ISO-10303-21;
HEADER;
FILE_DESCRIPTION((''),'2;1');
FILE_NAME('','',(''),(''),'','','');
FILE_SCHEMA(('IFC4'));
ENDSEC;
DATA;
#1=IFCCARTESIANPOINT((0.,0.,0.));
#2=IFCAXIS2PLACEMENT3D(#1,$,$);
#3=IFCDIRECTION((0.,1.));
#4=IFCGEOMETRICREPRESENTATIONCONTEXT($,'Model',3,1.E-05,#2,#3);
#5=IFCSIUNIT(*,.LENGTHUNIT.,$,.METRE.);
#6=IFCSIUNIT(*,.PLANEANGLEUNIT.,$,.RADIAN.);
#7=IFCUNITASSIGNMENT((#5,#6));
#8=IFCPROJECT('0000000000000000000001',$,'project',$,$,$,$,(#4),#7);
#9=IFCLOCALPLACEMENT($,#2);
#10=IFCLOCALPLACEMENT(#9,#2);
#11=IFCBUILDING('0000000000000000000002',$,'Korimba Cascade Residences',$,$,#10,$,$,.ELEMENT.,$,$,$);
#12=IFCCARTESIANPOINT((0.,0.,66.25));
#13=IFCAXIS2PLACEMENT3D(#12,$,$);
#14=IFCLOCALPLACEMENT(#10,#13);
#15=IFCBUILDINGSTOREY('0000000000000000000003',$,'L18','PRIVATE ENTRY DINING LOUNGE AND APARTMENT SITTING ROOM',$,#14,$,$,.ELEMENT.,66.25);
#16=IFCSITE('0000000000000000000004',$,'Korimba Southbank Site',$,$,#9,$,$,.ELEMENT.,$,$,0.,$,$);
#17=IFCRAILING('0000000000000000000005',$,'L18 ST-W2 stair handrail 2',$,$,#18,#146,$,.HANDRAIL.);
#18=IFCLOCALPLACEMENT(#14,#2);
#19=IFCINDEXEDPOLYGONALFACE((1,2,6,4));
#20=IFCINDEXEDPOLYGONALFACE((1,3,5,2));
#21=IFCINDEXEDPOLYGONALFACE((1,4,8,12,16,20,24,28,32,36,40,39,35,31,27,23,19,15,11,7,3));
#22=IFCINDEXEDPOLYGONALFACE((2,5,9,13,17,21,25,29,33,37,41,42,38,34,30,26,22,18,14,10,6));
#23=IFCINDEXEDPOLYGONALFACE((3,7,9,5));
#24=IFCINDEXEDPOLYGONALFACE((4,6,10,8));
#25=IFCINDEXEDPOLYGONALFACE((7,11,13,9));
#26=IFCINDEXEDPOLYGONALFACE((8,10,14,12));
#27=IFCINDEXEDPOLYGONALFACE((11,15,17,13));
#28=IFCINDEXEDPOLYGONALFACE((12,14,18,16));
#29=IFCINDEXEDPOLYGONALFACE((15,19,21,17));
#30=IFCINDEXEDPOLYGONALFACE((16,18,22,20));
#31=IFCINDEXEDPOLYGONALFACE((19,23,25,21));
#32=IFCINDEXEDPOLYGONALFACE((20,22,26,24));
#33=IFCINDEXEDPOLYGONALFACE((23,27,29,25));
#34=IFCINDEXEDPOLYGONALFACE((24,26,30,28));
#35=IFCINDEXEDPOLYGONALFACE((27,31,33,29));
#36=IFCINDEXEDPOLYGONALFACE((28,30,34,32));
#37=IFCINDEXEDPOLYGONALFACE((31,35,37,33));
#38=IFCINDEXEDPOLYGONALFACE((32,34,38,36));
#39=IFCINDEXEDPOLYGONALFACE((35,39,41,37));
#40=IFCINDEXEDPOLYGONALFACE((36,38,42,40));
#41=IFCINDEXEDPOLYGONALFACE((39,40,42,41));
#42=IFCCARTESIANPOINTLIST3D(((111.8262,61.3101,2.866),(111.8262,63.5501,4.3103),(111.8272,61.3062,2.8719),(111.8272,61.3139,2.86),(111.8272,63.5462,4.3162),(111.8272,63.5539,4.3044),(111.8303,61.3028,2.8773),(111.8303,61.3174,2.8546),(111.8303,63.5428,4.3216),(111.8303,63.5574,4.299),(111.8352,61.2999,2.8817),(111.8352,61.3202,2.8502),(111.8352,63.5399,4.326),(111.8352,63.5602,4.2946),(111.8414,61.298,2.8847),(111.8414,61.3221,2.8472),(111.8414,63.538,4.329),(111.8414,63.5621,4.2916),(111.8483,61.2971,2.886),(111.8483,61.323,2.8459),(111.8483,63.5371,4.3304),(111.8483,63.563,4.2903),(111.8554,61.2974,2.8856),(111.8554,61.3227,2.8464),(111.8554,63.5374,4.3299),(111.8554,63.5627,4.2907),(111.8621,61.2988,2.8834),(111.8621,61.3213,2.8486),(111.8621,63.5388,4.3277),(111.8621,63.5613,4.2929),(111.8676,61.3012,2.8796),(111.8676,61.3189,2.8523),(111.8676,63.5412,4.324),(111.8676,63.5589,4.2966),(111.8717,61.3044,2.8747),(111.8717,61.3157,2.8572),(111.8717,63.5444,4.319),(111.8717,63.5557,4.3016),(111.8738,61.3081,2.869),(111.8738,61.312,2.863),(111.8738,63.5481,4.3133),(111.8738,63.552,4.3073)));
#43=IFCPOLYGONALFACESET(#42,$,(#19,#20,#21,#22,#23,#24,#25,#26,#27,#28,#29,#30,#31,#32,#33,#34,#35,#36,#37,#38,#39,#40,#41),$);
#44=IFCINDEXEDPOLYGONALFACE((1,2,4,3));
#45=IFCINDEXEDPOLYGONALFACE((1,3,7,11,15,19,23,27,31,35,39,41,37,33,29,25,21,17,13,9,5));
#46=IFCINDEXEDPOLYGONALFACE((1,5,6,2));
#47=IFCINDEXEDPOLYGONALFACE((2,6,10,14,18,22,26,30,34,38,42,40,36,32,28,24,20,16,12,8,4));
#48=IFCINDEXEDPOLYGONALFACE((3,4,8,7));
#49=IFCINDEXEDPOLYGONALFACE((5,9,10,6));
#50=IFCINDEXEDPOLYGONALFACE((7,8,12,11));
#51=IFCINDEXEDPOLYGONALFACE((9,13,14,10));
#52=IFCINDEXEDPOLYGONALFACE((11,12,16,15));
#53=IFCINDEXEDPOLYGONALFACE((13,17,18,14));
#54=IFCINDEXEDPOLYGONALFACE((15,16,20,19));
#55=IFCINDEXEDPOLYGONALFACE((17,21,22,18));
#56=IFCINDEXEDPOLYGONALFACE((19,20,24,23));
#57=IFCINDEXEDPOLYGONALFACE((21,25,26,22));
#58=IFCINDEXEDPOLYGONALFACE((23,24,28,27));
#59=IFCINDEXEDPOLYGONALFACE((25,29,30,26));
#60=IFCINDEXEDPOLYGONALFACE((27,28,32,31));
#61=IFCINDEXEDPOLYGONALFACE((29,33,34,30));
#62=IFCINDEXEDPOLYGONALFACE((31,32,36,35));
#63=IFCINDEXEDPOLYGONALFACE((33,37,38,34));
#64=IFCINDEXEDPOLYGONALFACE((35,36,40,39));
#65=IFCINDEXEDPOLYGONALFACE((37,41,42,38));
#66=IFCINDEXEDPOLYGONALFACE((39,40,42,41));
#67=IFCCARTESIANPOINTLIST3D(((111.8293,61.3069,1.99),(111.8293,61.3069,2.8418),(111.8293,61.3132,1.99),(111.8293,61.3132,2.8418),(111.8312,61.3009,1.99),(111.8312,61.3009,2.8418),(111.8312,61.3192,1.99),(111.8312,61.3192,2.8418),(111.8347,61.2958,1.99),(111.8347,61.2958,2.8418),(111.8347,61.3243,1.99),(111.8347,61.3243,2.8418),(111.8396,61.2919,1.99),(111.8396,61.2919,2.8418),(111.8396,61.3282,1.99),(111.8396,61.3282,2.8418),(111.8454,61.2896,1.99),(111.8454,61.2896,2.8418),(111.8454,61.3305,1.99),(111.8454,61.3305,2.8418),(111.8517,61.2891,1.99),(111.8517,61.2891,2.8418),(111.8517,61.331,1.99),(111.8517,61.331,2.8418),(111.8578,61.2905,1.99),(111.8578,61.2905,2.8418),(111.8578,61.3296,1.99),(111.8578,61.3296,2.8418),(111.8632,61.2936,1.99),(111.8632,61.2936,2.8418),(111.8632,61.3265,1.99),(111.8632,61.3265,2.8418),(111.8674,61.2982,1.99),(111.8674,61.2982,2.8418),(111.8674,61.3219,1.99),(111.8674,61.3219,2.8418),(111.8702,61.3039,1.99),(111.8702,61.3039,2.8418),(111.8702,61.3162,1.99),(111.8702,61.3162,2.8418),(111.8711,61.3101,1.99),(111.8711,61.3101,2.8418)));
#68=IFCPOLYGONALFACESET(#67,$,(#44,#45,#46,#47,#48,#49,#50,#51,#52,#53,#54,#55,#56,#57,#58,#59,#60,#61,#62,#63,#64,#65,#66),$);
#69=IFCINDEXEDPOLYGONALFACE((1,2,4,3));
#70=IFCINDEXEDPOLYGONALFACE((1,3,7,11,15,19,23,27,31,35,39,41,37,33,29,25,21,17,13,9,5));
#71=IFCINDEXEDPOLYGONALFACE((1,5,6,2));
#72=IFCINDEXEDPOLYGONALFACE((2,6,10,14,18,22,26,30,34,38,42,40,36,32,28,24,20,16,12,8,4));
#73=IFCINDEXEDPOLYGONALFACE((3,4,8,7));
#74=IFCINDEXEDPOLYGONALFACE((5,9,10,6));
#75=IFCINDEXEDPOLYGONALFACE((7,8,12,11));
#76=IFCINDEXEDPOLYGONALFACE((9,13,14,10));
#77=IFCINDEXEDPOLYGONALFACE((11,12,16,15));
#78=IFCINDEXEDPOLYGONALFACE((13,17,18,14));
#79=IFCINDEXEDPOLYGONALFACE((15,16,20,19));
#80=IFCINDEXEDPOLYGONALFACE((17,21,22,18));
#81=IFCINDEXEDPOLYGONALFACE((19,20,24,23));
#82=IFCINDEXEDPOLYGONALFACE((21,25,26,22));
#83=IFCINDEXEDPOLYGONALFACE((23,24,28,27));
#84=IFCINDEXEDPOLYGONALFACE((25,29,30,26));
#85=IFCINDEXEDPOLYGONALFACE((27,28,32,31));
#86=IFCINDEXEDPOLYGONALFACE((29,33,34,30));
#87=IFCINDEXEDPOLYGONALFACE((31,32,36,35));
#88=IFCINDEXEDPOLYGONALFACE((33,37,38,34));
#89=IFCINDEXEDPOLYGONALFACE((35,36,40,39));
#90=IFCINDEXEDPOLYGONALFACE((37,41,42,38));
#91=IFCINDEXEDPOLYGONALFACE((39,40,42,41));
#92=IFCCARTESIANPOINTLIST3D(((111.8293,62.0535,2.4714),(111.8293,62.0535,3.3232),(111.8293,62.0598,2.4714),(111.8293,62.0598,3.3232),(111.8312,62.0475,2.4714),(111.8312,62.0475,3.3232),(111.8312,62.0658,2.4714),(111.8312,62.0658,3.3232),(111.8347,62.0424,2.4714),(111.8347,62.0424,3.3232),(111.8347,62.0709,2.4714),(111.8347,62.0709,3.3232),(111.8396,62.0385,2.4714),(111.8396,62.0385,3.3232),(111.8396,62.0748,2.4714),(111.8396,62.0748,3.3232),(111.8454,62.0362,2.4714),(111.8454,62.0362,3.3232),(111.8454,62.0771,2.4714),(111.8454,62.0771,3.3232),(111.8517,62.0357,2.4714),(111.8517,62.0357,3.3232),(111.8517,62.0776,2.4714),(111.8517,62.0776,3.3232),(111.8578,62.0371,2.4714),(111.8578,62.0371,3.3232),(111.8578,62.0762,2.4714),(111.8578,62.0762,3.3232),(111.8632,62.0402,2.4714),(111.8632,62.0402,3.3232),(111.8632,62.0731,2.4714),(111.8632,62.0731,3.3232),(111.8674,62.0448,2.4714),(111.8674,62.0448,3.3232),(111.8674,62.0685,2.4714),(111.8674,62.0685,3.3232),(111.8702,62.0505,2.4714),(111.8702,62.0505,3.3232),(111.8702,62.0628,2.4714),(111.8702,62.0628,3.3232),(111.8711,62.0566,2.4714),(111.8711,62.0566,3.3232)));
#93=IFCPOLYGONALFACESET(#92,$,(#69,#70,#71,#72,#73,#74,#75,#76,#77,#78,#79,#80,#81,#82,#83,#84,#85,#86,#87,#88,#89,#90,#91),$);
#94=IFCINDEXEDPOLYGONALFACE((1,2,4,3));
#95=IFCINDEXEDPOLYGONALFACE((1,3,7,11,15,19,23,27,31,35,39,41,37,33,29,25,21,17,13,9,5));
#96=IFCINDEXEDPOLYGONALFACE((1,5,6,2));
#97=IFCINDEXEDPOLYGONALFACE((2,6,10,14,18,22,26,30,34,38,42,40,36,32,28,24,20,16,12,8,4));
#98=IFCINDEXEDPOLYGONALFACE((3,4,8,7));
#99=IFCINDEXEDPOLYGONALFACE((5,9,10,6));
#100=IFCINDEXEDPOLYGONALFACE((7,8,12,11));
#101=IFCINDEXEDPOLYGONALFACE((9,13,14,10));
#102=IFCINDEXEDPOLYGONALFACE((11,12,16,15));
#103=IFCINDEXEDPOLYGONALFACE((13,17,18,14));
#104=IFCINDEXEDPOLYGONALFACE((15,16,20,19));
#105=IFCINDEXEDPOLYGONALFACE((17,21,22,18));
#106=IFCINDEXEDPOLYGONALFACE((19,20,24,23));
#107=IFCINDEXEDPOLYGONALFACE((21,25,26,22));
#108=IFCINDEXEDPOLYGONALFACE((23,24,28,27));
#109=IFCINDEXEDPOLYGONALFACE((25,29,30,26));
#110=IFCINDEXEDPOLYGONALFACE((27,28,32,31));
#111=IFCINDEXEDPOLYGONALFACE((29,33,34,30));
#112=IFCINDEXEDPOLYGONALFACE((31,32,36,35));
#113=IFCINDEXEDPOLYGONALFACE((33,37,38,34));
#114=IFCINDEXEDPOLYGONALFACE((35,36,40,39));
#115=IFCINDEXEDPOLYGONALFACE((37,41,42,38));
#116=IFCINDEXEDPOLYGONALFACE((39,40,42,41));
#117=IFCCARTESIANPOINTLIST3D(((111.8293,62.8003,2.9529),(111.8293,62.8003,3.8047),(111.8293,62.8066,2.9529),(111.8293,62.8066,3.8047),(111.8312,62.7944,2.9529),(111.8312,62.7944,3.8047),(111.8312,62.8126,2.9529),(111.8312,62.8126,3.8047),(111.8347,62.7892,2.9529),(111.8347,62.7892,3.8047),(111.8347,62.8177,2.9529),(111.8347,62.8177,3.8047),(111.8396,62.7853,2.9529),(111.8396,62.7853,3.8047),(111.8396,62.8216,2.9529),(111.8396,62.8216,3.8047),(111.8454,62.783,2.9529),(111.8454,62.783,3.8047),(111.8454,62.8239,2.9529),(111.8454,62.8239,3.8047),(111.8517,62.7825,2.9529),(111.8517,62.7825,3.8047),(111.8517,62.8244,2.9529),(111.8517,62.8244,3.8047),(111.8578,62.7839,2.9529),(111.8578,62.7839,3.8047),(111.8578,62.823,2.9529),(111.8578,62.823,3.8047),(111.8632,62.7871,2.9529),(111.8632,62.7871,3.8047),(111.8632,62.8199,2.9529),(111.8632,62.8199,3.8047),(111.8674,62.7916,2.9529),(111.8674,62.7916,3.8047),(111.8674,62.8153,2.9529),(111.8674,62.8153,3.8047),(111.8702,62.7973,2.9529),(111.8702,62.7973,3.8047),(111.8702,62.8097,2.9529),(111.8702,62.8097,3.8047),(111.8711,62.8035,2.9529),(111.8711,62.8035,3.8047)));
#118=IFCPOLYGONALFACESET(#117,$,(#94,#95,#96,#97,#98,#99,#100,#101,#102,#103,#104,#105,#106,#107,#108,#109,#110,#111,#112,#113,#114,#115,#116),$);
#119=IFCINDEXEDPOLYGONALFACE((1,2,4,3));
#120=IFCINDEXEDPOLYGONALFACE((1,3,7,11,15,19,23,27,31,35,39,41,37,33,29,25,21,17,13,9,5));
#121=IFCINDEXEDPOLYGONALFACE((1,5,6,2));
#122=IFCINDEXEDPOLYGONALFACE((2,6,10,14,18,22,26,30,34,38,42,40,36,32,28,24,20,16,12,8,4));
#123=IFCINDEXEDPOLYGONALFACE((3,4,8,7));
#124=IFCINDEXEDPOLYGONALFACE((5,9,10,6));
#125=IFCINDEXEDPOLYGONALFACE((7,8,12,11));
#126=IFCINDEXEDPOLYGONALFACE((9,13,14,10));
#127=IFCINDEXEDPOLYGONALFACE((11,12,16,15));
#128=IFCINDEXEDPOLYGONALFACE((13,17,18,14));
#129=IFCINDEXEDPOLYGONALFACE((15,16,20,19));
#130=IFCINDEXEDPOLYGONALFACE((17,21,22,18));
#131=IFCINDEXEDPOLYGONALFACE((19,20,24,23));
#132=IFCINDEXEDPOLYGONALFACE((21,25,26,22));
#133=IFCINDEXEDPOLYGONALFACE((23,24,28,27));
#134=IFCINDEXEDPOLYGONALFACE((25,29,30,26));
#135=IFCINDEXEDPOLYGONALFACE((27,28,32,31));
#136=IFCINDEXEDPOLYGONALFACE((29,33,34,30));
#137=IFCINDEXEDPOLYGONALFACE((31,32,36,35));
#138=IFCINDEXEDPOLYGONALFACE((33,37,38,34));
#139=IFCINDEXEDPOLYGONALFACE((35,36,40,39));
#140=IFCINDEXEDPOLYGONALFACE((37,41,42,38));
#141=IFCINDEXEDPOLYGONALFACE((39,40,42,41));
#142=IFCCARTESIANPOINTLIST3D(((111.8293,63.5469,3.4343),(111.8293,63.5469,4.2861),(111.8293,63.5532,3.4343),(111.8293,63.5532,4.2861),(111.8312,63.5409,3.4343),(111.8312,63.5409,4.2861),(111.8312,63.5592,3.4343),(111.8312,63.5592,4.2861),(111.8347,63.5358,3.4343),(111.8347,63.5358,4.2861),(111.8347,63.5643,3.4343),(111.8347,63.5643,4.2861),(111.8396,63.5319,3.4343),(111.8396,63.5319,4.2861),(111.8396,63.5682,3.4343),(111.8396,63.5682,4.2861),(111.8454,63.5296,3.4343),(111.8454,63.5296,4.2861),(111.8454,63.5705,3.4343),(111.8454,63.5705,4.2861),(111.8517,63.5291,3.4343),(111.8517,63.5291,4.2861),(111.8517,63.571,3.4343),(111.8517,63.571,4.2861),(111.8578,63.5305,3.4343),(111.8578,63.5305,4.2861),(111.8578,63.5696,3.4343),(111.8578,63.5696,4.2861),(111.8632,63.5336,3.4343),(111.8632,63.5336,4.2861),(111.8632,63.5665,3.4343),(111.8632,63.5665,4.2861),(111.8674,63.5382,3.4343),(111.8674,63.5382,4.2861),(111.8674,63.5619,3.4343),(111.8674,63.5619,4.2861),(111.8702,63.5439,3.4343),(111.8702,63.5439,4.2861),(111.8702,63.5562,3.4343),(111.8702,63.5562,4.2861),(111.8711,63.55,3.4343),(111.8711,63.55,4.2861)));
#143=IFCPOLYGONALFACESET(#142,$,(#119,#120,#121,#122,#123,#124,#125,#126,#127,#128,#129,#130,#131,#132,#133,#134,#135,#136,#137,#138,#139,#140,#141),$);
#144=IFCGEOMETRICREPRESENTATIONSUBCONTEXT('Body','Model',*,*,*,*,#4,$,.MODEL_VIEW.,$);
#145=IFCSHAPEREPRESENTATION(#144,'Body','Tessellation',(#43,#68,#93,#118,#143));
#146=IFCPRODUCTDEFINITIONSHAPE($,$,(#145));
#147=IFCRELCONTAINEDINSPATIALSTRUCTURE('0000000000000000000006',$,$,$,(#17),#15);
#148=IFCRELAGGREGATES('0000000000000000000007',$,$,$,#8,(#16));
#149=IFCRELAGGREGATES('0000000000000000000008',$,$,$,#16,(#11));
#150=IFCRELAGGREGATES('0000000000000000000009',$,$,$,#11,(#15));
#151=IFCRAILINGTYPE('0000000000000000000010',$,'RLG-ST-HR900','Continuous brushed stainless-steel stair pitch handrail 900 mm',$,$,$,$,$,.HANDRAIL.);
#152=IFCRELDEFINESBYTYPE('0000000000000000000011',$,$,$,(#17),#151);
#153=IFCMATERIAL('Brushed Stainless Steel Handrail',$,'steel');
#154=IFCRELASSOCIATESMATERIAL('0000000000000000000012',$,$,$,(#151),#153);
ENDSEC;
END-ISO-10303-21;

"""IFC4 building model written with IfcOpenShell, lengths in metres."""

from ifc_helpers import new_model, si_unit, direction, frame, origin, origin_2d, place, context, subcontext, project, spatial, circle, extrude, material, type_object, element, save


model = new_model("IFC4")

# Units and contexts
model_context = context("Model", 3, precision=1e-05, world=origin(), true_north=direction((0.0, 1.0)))
body_context = subcontext(model_context, "Body", "Model", "MODEL_VIEW")
ifc_project = project(units=[si_unit("LENGTHUNIT", "METRE"), si_unit("PLANEANGLEUNIT", "RADIAN")], contexts=[model_context])

# Site, building, storey
site_placement = place(None, origin())
site = spatial("IfcSite", under=ifc_project, at=site_placement, Name="Korimba Southbank Site", CompositionType="ELEMENT", RefElevation=0.0)
building_placement = place(site_placement, origin())
building = spatial("IfcBuilding", under=site, at=building_placement, Name="Korimba Cascade Residences", CompositionType="ELEMENT")
storey_placement = place(building_placement, frame((0.0, 0.0, 66.25)))
storey = spatial("IfcBuildingStorey", under=building, at=storey_placement, Name="L18", Description="PRIVATE ENTRY DINING LOUNGE AND APARTMENT SITTING ROOM", CompositionType="ELEMENT", Elevation=66.25)

# Railing
ifc_material_1 = material(Name="Brushed Stainless Steel Handrail", Category="steel")
railing_type_1 = type_object("IfcRailingType", Name="RLG-ST-HR900", Description="Continuous brushed stainless-steel stair pitch handrail 900 mm", PredefinedType="HANDRAIL", material=ifc_material_1)
railing_1_placement = place(storey_placement, frame((111.8501, 61.3101, 1.99)))
element("IfcRailing", 1, at=railing_1_placement, inside=storey, type_object=railing_type_1, Name="L18 ST-W2 stair handrail 2", PredefinedType="HANDRAIL", context=body_context, shape_type="SweptSolid", body=[
    extrude(circle(Radius=0.0239, at=origin_2d()), frame((0.0, 0.0, 0.876), z_axis=(0.0, 0.840437, 0.54191), x_axis=(-1.0, 0.0, 0.0)), (0.0, 0.0, 1.0), 2.6653),
    extrude(circle(Radius=0.021, at=origin_2d()), origin(), (0.0, 0.0, 1.0), 0.8518),
    extrude(circle(Radius=0.021, at=origin_2d()), frame((0.0, 0.7466, 0.4814)), (0.0, 0.0, 1.0), 0.8518),
    extrude(circle(Radius=0.021, at=origin_2d()), frame((0.0, 1.4934, 0.9629)), (0.0, 0.0, 1.0), 0.8518),
    extrude(circle(Radius=0.021, at=origin_2d()), frame((0.0, 2.24, 1.4443)), (0.0, 0.0, 1.0), 0.8518),
])

save(model, "model.ifc")
